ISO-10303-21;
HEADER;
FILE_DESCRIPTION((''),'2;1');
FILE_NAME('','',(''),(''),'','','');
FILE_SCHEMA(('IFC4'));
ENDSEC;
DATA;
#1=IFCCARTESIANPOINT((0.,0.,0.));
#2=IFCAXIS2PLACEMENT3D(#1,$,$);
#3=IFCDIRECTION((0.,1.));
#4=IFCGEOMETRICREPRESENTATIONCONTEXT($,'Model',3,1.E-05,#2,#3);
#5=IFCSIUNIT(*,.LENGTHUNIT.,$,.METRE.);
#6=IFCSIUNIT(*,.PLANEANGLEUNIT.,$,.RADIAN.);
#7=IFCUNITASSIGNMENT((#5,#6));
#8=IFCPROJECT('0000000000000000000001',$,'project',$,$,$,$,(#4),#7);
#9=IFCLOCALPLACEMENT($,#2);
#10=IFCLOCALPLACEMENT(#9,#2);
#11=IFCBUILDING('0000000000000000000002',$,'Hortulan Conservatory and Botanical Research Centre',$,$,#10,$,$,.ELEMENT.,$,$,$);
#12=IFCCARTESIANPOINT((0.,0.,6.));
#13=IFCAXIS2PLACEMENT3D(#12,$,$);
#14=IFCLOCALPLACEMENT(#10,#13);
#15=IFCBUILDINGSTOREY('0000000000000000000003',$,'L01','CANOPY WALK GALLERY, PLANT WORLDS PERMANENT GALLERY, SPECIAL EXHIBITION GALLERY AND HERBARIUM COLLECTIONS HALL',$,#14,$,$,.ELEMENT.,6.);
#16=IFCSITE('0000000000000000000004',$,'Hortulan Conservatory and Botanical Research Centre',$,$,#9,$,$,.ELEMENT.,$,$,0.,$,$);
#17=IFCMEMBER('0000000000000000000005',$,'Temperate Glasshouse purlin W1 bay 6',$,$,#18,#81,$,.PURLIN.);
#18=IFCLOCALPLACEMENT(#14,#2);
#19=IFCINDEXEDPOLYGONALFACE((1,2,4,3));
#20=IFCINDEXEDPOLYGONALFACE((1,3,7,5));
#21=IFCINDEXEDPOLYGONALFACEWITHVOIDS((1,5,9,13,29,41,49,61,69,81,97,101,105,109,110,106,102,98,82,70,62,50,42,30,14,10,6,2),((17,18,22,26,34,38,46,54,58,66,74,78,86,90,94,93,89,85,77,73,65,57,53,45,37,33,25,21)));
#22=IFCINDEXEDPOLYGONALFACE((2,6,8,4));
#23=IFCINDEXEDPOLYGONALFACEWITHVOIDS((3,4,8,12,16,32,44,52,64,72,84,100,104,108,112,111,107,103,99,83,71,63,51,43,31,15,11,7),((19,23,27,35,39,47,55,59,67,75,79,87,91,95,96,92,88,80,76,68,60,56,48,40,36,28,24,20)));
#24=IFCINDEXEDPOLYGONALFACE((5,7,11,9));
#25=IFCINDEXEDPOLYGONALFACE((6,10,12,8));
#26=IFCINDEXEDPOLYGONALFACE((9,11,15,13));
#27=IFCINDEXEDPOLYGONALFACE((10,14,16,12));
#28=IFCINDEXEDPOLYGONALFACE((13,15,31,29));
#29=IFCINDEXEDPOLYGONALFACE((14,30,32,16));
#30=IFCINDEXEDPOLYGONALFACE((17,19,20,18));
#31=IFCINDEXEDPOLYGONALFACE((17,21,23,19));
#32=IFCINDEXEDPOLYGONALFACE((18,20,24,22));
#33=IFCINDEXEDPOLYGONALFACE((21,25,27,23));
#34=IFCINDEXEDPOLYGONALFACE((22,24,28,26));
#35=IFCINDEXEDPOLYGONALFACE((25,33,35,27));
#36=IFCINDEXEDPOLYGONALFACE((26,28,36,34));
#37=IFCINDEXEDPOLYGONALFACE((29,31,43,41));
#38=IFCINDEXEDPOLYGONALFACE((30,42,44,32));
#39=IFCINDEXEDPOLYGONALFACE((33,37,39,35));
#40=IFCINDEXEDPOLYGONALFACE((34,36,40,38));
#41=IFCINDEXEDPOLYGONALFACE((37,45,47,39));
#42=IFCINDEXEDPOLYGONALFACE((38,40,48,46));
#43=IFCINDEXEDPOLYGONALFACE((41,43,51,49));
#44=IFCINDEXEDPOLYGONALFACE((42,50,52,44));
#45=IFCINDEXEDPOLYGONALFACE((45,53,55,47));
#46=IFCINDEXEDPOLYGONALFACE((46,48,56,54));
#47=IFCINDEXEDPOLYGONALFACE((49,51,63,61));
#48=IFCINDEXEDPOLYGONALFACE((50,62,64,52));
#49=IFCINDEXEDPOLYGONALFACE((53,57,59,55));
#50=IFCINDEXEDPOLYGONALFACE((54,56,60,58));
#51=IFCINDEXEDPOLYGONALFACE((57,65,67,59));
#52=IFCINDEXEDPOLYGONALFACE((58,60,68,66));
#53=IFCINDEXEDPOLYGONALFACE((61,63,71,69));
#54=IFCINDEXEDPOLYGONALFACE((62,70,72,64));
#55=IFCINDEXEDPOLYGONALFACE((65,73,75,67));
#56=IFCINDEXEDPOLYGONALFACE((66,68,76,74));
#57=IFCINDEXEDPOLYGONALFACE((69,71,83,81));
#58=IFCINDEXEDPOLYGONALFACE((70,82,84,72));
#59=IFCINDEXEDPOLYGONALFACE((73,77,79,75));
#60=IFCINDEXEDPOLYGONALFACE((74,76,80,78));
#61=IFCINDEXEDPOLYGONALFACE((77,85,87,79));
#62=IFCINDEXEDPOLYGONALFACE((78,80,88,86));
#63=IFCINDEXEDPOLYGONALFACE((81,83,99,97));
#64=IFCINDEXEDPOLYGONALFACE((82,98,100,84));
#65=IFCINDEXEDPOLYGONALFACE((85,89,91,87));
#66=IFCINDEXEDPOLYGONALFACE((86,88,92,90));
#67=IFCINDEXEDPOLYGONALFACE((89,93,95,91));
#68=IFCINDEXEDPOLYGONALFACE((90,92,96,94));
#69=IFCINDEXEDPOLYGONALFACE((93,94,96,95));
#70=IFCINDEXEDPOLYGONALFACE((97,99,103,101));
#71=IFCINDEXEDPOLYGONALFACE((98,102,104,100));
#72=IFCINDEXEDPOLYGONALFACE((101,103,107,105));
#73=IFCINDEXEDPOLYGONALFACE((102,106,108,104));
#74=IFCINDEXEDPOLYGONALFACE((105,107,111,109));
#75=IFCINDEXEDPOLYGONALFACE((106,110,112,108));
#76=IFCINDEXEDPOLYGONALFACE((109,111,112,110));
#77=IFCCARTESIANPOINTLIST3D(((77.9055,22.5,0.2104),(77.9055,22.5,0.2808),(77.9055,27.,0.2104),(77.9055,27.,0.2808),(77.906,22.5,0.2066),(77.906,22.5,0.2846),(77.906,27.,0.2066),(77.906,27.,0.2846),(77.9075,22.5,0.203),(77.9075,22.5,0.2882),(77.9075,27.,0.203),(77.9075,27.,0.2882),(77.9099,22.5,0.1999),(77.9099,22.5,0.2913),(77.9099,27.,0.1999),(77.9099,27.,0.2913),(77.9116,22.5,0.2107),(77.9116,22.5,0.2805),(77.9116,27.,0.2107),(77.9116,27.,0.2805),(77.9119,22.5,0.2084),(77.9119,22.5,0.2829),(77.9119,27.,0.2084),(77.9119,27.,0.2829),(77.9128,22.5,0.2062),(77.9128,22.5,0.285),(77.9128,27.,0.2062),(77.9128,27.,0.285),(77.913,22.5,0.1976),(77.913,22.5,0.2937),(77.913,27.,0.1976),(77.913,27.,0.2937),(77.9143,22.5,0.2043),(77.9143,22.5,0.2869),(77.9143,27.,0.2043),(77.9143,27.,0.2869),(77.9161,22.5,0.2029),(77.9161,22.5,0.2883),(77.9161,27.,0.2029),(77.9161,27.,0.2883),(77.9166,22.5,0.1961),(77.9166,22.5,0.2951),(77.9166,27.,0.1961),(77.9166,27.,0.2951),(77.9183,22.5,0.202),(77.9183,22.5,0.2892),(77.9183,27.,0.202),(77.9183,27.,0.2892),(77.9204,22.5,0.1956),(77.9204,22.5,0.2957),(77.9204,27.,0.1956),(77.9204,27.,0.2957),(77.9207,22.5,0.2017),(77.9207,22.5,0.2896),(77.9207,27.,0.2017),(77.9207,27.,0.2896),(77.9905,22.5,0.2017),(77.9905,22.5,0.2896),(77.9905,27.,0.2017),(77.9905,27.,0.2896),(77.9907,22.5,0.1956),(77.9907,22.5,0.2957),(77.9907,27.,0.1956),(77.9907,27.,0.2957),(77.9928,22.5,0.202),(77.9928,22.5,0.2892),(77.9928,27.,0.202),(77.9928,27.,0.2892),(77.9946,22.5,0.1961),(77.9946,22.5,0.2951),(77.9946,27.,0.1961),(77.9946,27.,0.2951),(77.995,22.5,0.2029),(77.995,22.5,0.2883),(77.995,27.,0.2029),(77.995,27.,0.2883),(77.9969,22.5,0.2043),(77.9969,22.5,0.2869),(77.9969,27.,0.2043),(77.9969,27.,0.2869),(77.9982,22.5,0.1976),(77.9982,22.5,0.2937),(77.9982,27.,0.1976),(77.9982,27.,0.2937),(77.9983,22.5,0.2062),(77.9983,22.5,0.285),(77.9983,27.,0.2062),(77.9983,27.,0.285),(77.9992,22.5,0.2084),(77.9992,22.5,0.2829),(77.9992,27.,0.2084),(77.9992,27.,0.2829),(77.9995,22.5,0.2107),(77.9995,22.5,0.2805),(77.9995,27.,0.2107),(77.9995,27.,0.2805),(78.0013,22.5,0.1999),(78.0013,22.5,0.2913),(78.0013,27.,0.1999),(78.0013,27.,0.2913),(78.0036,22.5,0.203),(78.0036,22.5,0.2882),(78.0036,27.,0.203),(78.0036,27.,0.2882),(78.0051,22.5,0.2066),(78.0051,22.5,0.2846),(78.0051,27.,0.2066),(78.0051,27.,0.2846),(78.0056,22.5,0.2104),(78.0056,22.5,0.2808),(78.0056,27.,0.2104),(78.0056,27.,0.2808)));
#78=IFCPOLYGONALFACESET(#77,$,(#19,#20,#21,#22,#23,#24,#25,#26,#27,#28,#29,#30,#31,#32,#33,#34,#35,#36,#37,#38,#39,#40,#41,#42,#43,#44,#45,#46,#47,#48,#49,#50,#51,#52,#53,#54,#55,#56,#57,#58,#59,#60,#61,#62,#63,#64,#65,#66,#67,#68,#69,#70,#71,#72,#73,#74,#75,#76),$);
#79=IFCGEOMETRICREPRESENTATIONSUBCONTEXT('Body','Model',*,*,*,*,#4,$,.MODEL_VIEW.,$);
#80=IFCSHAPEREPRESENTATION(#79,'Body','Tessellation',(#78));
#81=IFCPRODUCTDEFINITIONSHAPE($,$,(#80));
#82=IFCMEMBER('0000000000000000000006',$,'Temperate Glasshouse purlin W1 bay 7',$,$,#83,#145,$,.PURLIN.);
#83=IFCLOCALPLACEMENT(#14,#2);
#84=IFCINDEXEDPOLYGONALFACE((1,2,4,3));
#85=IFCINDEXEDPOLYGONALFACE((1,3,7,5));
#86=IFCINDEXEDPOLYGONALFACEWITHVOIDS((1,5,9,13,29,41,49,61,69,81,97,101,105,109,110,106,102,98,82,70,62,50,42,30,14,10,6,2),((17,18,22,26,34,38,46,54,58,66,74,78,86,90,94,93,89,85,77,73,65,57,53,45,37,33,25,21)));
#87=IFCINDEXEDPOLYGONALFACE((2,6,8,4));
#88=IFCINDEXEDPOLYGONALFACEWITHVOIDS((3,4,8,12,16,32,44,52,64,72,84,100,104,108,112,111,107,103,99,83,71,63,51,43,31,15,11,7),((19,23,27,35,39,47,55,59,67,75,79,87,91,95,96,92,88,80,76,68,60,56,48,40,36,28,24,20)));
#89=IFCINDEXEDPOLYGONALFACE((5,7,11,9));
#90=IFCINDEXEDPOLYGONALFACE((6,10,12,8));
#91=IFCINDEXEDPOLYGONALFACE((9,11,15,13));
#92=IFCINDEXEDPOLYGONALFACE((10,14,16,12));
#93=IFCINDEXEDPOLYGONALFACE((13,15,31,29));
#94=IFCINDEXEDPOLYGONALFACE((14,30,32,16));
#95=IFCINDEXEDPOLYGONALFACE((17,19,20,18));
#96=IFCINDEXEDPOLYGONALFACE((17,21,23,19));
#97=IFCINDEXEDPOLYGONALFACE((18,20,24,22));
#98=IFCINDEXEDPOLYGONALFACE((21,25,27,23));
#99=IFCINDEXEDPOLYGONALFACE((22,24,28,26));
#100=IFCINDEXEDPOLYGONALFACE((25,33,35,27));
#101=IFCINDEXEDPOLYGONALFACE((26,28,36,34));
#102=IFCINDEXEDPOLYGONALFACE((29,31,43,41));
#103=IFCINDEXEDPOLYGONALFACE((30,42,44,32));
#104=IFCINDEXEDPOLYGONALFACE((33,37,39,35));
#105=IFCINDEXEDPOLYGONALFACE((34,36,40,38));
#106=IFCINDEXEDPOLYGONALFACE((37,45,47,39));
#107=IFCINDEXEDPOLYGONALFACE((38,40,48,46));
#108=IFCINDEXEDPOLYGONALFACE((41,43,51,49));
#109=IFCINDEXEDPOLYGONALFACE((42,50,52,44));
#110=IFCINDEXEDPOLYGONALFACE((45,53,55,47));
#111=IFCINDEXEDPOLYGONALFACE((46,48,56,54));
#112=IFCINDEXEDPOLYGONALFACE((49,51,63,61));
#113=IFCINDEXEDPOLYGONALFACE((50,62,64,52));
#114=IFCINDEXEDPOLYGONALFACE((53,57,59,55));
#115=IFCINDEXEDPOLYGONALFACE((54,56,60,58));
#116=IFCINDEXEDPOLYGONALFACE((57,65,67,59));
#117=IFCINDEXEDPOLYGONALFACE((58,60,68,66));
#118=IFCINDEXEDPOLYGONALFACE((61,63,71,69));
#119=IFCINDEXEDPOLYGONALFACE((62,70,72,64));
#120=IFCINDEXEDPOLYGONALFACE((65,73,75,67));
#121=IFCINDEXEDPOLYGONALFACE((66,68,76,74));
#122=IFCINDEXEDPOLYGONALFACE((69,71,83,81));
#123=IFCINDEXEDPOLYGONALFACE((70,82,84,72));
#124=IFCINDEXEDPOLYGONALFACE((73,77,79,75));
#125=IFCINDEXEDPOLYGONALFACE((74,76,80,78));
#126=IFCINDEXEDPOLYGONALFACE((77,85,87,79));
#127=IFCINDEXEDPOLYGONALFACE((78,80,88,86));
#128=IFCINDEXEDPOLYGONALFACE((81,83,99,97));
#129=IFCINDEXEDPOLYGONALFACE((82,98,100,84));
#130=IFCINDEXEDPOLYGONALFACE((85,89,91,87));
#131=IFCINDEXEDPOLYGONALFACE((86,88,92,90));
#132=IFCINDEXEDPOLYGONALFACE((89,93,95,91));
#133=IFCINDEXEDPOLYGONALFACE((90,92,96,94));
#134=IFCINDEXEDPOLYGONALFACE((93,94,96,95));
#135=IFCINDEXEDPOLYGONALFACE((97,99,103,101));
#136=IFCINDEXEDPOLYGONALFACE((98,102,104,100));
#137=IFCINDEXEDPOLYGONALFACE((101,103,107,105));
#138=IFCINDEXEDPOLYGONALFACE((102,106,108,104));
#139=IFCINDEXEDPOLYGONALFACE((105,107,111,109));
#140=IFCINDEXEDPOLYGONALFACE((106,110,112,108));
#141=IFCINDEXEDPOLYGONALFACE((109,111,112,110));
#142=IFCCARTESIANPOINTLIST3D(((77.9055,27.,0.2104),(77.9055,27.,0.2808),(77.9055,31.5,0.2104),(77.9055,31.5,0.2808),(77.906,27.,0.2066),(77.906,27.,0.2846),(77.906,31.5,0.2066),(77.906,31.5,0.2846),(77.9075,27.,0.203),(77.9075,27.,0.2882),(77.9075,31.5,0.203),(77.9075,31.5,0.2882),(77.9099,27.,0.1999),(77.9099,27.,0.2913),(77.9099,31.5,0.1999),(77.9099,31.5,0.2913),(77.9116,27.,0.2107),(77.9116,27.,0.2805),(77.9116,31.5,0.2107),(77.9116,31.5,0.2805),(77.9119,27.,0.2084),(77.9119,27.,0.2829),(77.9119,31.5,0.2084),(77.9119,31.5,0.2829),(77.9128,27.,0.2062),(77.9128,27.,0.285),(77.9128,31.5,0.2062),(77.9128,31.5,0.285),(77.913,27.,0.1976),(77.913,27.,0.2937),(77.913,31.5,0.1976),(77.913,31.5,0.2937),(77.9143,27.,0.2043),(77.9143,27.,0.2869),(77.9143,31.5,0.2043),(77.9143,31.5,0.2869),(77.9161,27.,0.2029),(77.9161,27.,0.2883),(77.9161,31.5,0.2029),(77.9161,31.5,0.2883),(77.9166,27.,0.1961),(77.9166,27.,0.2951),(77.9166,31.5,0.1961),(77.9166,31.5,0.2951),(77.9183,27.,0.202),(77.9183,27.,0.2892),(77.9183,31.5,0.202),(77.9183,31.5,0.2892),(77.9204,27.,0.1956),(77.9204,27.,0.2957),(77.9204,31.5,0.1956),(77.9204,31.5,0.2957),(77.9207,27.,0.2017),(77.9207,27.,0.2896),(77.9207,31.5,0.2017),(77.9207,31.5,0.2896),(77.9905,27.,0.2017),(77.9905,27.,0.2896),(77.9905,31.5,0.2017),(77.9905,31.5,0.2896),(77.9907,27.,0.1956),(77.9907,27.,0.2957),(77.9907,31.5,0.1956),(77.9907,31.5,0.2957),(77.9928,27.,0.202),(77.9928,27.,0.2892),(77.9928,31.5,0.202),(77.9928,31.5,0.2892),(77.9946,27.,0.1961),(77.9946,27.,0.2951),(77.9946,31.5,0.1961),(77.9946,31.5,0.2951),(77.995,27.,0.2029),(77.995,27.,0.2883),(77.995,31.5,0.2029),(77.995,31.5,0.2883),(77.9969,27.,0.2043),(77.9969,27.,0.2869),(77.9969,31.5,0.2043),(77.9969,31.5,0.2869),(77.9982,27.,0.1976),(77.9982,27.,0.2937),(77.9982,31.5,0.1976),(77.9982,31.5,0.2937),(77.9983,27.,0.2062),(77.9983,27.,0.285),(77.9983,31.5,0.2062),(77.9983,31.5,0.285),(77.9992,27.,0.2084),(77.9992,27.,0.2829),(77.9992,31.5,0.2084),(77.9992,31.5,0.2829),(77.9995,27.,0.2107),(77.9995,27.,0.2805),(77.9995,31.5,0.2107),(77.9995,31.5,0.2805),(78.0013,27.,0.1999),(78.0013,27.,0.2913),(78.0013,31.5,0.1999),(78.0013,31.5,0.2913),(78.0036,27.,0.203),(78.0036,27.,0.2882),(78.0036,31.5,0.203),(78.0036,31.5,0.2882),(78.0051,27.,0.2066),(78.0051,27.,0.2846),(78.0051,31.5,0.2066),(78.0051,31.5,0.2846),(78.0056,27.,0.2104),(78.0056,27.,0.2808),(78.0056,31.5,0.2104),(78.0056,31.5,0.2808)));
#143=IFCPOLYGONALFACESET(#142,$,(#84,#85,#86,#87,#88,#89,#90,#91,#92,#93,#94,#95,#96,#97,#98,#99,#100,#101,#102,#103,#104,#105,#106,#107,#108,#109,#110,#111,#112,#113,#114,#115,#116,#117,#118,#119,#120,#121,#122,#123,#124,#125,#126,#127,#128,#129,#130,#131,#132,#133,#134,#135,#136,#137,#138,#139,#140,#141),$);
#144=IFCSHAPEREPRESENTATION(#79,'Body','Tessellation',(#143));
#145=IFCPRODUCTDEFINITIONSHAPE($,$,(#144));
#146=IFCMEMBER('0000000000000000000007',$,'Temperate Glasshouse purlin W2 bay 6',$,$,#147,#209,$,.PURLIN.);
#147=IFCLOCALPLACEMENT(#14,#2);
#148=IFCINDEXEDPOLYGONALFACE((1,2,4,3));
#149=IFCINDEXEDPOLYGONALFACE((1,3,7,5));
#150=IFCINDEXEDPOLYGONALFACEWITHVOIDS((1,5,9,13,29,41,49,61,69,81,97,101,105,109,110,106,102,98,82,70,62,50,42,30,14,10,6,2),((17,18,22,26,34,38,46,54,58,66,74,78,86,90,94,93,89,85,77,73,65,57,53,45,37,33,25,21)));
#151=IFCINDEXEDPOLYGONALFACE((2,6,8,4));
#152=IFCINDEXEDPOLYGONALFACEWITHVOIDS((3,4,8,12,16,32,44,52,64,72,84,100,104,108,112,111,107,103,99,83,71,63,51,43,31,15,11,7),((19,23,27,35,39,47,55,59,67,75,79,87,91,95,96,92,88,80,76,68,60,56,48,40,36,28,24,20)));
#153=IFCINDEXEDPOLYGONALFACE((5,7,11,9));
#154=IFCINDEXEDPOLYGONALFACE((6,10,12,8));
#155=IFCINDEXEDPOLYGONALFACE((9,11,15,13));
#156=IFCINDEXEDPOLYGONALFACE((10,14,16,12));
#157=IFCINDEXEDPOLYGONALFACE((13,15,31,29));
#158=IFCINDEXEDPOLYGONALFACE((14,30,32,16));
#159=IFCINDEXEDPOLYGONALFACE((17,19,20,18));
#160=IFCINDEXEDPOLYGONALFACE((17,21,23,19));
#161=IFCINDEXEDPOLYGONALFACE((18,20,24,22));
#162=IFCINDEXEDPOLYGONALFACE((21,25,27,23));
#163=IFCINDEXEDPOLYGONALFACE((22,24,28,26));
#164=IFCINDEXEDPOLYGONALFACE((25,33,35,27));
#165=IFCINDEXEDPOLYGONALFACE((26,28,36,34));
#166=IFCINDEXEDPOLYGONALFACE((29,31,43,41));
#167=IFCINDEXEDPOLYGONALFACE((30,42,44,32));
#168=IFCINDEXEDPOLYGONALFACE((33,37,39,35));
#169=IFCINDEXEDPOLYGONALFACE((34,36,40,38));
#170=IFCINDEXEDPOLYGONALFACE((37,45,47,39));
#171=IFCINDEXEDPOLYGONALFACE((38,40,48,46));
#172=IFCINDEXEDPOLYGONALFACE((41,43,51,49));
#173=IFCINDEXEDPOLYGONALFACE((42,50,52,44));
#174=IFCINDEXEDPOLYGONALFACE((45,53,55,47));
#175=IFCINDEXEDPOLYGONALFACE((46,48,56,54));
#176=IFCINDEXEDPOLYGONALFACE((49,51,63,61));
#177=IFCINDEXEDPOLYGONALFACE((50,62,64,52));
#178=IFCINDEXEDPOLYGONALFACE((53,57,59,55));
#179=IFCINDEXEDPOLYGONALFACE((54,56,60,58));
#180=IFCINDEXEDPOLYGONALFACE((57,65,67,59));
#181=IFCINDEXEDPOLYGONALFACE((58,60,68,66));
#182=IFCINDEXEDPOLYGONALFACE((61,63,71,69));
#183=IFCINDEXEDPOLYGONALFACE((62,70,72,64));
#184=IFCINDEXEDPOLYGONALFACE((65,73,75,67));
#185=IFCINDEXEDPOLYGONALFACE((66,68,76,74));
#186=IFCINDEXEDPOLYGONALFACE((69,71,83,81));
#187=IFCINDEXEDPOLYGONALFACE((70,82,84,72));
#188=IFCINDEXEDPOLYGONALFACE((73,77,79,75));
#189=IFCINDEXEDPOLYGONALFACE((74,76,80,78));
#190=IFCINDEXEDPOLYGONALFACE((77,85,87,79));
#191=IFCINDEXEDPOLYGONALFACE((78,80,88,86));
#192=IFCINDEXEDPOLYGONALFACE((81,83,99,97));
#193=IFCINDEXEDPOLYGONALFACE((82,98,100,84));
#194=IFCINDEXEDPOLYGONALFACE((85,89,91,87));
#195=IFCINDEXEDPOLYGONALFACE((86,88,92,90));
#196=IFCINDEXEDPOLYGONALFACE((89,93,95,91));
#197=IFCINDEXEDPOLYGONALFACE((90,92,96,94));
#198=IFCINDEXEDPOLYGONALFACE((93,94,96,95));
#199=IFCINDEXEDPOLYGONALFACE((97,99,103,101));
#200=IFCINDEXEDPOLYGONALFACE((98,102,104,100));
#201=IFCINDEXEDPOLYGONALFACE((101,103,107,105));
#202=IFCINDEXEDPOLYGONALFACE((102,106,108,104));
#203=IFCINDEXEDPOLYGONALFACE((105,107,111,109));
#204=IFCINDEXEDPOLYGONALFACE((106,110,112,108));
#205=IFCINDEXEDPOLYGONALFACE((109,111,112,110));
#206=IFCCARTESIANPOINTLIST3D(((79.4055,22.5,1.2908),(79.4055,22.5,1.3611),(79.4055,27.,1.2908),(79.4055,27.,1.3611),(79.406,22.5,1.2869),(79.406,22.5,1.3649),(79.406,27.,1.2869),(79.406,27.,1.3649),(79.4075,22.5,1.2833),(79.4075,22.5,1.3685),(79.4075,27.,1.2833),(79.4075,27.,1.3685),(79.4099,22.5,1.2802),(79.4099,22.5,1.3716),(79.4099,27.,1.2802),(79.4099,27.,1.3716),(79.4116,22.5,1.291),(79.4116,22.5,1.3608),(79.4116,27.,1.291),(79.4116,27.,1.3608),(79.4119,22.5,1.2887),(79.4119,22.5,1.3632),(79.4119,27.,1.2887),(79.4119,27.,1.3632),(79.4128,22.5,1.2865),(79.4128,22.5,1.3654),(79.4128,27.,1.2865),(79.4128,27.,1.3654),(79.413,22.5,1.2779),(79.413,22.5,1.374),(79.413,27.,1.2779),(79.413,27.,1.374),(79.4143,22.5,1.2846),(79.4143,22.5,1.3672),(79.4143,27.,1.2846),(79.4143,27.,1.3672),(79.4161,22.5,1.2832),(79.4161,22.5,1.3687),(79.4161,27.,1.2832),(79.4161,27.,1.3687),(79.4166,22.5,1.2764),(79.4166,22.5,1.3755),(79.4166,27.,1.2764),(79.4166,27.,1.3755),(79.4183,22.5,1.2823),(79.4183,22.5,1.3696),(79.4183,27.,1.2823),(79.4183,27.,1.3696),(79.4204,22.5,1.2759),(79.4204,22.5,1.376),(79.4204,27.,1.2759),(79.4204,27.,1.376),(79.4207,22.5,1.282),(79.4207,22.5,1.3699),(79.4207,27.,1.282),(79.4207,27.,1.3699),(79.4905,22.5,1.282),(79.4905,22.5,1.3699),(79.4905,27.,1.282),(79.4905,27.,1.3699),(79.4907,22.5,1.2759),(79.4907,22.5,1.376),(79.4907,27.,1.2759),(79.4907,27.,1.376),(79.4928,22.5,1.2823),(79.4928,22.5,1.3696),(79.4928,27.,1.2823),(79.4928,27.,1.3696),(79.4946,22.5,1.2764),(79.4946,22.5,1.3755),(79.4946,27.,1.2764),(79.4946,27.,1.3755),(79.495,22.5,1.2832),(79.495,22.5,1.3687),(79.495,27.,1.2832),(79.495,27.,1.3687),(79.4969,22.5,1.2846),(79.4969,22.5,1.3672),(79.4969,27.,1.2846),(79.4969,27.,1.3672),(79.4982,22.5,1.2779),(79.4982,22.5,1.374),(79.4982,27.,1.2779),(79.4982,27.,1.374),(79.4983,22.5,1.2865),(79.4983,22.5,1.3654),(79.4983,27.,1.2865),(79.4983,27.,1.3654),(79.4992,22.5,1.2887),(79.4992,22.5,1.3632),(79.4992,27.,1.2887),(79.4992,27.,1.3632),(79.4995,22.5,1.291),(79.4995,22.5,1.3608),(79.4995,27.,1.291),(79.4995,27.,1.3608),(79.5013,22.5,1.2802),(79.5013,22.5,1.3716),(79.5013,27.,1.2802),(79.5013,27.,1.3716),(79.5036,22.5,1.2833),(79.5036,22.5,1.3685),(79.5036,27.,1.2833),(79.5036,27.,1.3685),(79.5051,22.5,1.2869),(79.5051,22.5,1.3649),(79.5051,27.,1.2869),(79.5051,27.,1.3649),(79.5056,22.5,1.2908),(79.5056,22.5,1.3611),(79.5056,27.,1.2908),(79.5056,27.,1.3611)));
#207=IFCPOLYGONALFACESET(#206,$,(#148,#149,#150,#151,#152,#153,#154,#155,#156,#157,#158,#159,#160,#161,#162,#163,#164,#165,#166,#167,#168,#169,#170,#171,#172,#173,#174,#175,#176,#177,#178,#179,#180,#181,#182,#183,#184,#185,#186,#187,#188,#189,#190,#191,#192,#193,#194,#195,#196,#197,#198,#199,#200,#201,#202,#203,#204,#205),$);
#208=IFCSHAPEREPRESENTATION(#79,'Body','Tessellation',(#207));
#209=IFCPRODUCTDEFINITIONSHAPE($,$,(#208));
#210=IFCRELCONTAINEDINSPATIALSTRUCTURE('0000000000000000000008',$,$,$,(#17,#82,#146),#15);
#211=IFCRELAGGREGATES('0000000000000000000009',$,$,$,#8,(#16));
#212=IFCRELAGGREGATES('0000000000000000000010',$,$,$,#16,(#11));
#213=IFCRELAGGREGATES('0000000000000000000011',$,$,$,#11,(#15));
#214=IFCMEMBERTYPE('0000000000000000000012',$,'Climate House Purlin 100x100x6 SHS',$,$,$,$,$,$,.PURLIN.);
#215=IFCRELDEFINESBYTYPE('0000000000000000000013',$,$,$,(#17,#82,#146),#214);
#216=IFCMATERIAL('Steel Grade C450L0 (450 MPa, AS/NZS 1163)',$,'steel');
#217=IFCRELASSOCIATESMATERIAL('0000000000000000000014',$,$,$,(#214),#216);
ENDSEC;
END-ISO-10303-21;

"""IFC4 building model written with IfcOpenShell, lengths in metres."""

from ifc_helpers import new_model, si_unit, direction, frame, origin, origin_2d, place, context, subcontext, project, spatial, hollow_rectangle, extrude, material, material_profile, profile_set, type_object, element, save


model = new_model("IFC4")

# Units and contexts
model_context = context("Model", 3, precision=1e-05, world=origin(), true_north=direction((0.0, 1.0)))
body_context = subcontext(model_context, "Body", "Model", "MODEL_VIEW")
ifc_project = project(units=[si_unit("LENGTHUNIT", "METRE"), si_unit("PLANEANGLEUNIT", "RADIAN")], contexts=[model_context])

# Site, building, storey
site_placement = place(None, origin())
site = spatial("IfcSite", under=ifc_project, at=site_placement, Name="Hortulan Conservatory and Botanical Research Centre", CompositionType="ELEMENT", RefElevation=0.0)
building_placement = place(site_placement, origin())
building = spatial("IfcBuilding", under=site, at=building_placement, Name="Hortulan Conservatory and Botanical Research Centre", CompositionType="ELEMENT")
storey_placement = place(building_placement, frame((0.0, 0.0, 6.0)))
storey = spatial("IfcBuildingStorey", under=building, at=storey_placement, Name="L01", Description="CANOPY WALK GALLERY, PLANT WORLDS PERMANENT GALLERY, SPECIAL EXHIBITION GALLERY AND HERBARIUM COLLECTIONS HALL", CompositionType="ELEMENT", Elevation=6.0)

# Members
ifc_material_1 = material(Name="Steel Grade C450L0 (450 MPa, AS/NZS 1163)", Category="steel")
ifc_material_profile_1 = material_profile(ifc_material_1, hollow_rectangle(XDim=0.1001, YDim=0.1001, WallThickness=0.0061, InnerFilletRadius=0.009, OuterFilletRadius=0.0149, at=origin_2d()), Name="100x100x6SHS")
ifc_profile_set_1 = profile_set([ifc_material_profile_1], Name="Steel Grade C450L0 (450 MPa, AS/NZS 1163)")
member_type_1 = type_object("IfcMemberType", Name="Climate House Purlin 100x100x6 SHS", PredefinedType="PURLIN", material=ifc_profile_set_1)
for number, where, z_axis, x_axis, name in (
    (1, (77.9556, 22.5, 0.2456), (0.0, 1.0, 0.0), (-1.0, 0.0, 0.0), "Temperate Glasshouse purlin W1 bay 6"),
    (2, (77.9556, 27.0, 0.2456), (0.0, 1.0, 0.0), (-1.0, 0.0, 0.0), "Temperate Glasshouse purlin W1 bay 7"),
    (3, (79.4556, 22.5, 1.3259), (0.0, 1.0, 0.0), (-1.0, 0.0, 0.0), "Temperate Glasshouse purlin W2 bay 6"),
):
    element("IfcMember", number, at=place(storey_placement, frame(where, z_axis=z_axis, x_axis=x_axis)), inside=storey, type_object=member_type_1, Name=name, PredefinedType="PURLIN", context=body_context, shape_type="SweptSolid", body=[
        extrude(hollow_rectangle(XDim=0.1001, YDim=0.1001, WallThickness=0.0061, InnerFilletRadius=0.009, OuterFilletRadius=0.0149, at=origin_2d()), origin(), (0.0, 0.0, 1.0), 4.5),
    ])

save(model, "model.ifc")
